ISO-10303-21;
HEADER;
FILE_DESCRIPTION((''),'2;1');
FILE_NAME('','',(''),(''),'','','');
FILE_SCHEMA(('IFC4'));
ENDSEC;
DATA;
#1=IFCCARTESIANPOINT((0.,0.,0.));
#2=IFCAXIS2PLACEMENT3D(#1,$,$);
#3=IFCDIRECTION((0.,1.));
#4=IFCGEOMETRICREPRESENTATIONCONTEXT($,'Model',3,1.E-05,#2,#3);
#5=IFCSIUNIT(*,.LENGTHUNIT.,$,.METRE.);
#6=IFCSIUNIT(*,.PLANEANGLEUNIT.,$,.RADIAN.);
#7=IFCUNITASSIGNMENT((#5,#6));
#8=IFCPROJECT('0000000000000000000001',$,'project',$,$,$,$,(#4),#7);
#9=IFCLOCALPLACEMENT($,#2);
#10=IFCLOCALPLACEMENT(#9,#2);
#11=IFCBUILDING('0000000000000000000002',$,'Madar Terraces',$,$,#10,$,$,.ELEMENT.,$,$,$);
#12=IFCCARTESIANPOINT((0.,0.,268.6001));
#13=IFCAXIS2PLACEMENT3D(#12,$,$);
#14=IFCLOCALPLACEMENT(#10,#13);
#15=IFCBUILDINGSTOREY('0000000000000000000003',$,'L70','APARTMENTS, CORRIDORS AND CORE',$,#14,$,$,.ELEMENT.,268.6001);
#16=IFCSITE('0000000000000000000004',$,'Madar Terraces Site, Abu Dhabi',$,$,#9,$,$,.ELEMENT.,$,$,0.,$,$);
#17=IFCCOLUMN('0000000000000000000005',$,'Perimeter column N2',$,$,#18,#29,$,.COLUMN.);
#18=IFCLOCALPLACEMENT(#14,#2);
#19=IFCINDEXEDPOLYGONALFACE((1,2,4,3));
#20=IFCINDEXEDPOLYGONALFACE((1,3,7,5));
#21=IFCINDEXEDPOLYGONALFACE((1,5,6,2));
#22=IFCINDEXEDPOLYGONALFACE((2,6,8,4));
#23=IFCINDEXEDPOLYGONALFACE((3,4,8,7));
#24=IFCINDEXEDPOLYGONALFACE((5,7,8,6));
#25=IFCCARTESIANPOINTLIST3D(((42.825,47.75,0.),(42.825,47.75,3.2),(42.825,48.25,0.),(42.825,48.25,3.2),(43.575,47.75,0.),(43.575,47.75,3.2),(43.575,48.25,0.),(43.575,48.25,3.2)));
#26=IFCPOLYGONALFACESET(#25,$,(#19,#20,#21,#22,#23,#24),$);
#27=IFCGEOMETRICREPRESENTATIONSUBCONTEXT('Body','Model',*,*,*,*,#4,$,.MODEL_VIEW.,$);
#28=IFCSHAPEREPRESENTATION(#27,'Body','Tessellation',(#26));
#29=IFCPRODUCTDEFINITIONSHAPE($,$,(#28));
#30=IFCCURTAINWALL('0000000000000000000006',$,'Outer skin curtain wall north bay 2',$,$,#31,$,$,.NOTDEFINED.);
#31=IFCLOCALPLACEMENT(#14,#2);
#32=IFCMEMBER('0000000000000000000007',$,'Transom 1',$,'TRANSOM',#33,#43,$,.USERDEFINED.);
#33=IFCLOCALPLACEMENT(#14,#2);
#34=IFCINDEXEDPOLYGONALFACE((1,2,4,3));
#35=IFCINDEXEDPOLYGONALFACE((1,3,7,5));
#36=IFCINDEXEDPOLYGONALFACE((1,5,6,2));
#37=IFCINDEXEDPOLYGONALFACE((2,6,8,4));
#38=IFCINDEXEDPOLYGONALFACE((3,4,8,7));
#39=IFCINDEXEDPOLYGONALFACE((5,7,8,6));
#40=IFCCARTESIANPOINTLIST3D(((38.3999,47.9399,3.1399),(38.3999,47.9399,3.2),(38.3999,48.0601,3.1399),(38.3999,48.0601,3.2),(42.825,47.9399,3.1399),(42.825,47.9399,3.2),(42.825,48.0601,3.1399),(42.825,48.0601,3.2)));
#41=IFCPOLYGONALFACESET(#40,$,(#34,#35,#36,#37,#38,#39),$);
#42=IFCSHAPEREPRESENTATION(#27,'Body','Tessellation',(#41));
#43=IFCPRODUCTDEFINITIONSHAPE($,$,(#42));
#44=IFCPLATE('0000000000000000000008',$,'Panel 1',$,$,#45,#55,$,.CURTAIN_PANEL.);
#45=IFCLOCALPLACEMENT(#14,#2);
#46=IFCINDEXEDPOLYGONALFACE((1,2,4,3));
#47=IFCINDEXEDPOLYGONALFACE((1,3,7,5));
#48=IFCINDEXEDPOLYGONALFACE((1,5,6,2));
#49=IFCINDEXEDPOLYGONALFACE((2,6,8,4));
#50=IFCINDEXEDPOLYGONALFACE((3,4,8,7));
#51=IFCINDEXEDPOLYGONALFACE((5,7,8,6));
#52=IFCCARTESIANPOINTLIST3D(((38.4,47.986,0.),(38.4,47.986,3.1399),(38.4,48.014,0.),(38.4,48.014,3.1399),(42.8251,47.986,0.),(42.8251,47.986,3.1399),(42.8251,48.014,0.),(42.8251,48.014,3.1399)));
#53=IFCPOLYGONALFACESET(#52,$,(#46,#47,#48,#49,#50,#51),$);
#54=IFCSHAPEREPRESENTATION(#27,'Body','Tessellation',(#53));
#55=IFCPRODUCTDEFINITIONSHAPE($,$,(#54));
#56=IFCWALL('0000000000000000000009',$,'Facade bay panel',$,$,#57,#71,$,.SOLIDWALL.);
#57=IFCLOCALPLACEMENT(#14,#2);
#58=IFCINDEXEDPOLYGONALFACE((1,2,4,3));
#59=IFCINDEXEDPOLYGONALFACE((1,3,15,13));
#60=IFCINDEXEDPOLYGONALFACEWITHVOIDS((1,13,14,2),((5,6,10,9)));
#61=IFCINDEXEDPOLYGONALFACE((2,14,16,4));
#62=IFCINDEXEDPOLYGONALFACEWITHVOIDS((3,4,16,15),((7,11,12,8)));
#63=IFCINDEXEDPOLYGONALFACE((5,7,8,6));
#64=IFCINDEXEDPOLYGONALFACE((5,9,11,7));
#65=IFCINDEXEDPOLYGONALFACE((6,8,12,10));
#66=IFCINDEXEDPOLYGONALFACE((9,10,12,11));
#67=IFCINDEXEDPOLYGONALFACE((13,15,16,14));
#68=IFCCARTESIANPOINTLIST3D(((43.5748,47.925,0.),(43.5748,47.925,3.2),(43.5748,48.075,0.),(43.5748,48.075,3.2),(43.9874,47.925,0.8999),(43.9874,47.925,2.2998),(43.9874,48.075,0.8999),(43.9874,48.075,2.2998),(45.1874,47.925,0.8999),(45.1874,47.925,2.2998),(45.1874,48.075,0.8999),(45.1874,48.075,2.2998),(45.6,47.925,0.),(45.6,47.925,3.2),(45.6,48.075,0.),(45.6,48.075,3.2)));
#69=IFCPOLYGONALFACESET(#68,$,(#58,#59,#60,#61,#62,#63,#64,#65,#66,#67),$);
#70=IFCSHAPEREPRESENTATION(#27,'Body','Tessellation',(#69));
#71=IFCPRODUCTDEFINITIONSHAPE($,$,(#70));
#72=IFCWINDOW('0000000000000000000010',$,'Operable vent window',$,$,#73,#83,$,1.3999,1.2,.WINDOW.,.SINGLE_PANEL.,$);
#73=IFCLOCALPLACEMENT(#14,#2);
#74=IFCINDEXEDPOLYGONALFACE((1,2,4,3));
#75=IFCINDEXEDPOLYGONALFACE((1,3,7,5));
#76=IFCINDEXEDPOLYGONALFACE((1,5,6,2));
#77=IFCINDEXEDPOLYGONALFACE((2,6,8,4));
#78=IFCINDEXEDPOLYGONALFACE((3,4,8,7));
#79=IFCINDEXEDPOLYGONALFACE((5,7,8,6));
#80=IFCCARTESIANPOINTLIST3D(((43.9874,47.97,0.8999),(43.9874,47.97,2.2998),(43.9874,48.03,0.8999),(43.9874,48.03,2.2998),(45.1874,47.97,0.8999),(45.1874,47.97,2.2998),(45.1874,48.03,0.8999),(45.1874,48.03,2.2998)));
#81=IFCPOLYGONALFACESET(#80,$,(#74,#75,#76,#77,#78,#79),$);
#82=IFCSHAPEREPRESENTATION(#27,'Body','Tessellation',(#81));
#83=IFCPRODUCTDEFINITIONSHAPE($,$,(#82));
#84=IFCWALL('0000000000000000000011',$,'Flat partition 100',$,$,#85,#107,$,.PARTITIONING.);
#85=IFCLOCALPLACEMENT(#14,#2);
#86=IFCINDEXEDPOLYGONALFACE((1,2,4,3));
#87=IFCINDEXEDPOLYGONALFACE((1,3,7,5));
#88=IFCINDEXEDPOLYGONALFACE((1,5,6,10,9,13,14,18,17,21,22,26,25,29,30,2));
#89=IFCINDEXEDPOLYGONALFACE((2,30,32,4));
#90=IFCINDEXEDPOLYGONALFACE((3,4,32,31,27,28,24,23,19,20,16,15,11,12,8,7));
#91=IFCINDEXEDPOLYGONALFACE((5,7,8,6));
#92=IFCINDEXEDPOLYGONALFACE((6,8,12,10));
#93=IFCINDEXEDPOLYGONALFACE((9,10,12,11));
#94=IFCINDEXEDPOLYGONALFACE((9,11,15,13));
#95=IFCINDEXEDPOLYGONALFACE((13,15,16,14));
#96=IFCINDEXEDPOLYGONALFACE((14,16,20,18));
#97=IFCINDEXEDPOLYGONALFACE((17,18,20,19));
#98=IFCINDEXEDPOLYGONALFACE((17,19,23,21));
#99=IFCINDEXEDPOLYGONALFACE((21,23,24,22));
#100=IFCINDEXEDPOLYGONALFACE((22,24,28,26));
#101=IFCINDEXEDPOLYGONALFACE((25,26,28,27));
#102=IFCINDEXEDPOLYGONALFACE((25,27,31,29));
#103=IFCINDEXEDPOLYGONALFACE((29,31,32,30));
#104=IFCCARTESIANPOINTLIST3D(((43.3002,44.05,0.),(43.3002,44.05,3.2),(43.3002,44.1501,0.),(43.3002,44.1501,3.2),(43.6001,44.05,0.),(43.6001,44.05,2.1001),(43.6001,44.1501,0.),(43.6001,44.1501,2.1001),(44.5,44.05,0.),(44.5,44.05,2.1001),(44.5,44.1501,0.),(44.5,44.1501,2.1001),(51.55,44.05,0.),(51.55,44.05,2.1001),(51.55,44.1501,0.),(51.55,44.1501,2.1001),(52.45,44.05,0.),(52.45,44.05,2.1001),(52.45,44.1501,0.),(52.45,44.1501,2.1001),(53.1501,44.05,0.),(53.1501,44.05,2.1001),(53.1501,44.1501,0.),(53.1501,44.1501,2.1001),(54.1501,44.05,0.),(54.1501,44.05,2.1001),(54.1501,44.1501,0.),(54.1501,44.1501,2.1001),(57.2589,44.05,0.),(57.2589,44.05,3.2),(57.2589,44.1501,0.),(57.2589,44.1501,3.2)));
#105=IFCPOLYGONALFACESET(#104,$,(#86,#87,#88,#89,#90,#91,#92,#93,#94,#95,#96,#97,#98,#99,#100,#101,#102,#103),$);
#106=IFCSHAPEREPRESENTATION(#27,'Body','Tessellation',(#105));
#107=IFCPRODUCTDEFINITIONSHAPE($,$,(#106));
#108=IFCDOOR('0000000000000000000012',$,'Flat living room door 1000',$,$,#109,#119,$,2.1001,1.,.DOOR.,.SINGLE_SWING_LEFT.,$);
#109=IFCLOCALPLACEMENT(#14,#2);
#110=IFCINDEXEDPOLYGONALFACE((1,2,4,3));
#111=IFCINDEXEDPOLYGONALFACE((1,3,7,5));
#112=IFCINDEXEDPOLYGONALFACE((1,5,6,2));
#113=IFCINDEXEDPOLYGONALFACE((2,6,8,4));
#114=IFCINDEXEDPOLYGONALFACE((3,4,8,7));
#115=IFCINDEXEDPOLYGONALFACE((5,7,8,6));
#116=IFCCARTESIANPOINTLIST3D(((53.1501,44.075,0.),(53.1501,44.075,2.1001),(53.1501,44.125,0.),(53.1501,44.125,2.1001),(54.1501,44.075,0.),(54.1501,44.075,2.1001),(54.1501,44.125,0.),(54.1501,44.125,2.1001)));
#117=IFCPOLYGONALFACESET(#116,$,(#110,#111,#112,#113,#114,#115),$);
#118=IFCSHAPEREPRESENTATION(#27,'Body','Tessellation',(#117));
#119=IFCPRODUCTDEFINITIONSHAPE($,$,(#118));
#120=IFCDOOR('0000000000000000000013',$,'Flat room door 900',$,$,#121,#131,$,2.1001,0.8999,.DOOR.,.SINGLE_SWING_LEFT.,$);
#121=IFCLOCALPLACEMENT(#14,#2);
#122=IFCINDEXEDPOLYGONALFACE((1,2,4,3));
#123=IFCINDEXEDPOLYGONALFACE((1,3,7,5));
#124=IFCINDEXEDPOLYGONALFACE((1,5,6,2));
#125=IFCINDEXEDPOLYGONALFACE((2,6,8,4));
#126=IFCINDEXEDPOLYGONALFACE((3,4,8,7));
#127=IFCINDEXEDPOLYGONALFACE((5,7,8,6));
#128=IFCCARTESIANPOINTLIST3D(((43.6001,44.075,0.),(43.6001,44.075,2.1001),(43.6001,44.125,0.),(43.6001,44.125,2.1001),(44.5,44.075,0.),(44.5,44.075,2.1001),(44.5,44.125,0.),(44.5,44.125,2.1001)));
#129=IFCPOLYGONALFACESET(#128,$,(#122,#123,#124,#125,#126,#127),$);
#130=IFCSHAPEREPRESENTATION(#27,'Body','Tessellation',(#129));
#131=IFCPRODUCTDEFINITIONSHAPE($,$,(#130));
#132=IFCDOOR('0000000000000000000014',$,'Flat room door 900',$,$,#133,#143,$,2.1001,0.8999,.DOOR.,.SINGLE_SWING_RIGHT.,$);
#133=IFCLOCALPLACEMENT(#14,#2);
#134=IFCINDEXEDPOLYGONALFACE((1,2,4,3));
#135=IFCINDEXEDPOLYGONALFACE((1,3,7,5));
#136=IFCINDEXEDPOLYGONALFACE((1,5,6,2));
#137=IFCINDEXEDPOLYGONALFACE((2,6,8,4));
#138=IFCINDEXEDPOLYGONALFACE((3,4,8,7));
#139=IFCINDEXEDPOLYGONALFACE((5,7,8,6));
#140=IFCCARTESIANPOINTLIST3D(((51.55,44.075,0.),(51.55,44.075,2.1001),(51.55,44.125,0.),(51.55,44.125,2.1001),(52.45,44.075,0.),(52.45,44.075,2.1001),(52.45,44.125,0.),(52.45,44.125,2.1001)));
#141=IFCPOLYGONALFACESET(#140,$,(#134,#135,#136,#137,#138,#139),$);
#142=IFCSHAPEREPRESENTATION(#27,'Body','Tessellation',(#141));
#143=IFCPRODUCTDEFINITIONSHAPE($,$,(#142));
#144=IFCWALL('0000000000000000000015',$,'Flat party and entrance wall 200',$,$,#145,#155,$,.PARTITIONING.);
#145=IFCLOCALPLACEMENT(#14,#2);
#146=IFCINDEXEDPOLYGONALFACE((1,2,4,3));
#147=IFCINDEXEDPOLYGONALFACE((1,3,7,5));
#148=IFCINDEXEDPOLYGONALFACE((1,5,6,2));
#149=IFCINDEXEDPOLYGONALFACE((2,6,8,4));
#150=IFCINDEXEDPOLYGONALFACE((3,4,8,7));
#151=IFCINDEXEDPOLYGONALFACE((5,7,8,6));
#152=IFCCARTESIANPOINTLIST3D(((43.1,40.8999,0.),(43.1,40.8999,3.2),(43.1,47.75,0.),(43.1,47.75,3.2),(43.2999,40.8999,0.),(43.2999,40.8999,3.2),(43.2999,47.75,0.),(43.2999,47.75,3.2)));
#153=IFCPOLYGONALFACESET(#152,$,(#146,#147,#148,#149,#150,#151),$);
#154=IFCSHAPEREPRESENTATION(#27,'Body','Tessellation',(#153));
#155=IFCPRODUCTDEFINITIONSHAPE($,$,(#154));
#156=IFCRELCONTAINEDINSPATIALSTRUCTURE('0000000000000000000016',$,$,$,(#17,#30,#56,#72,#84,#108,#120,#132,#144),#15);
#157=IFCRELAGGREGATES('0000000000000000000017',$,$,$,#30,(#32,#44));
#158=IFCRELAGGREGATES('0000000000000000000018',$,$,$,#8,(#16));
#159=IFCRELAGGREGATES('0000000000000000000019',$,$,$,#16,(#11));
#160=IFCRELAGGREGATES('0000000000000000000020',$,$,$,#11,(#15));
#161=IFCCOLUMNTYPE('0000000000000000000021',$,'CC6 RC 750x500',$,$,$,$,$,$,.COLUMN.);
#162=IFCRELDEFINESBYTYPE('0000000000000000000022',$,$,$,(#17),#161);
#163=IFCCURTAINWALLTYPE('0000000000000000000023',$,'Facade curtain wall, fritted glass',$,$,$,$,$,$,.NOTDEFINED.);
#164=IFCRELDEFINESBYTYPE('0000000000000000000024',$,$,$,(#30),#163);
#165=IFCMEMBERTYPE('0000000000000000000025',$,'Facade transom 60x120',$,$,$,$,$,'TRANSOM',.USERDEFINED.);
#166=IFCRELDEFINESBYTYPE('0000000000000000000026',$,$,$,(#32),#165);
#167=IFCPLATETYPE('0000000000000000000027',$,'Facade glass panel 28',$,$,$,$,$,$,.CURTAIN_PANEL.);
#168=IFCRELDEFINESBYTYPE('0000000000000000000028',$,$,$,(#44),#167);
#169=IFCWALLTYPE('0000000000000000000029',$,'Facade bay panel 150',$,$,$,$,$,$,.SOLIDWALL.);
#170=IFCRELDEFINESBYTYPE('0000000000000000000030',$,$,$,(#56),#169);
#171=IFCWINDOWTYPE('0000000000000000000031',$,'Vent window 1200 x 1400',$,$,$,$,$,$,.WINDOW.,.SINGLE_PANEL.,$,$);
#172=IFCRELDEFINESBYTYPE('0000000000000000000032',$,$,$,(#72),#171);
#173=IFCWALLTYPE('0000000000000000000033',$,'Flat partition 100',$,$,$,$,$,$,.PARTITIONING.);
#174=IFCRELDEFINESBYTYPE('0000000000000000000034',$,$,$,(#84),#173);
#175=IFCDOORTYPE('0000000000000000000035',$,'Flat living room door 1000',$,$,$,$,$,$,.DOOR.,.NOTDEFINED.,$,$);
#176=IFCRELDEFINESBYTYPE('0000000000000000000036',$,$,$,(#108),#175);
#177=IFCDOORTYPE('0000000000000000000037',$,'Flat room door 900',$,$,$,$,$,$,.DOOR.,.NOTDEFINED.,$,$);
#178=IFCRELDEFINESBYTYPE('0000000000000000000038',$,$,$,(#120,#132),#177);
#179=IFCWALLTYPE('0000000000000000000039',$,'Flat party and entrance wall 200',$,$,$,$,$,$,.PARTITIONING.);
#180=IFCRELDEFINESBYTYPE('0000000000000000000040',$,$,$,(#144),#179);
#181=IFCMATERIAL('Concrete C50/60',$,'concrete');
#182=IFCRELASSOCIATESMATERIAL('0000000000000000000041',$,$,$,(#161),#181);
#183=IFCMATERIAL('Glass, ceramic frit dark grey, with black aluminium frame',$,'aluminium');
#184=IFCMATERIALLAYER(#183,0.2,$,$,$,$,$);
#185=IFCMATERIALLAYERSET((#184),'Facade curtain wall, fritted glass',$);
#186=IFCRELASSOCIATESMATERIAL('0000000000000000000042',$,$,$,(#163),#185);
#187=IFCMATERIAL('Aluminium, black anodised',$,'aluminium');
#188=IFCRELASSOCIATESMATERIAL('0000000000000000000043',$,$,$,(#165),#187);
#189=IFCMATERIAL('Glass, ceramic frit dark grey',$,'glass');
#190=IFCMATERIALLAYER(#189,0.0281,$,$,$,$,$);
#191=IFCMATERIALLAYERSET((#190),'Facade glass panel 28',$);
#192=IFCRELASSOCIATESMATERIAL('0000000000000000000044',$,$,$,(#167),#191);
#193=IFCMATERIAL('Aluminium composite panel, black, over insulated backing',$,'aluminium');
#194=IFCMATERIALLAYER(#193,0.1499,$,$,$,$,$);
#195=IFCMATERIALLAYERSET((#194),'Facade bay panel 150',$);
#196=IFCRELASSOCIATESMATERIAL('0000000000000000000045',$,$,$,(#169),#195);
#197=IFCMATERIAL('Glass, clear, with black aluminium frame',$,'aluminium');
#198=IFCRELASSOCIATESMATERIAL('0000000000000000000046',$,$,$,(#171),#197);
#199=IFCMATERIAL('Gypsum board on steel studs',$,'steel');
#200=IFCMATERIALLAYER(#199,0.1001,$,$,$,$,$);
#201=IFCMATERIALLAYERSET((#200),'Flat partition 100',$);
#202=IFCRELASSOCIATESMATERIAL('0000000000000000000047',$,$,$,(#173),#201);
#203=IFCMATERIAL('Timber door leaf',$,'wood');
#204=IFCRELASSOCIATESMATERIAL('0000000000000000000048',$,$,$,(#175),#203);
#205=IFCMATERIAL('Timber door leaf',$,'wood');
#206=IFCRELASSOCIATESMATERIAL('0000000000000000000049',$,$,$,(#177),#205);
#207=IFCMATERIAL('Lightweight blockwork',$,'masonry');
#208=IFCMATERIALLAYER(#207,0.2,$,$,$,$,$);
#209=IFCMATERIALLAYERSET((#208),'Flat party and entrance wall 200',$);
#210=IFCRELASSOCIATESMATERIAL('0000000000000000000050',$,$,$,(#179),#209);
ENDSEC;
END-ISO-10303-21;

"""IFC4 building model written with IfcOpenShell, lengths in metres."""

from ifc_helpers import new_model, si_unit, direction, frame, frame_2d, origin, origin_2d, place, context, subcontext, project, spatial, rectangle, extrude, material, layer, layer_set, material_profile, profile_set, type_object, element, fill, aggregate, save


model = new_model("IFC4")

# Units and contexts
model_context = context("Model", 3, precision=1e-05, world=origin(), true_north=direction((0.0, 1.0)))
body_context = subcontext(model_context, "Body", "Model", "MODEL_VIEW")
ifc_project = project(units=[si_unit("LENGTHUNIT", "METRE"), si_unit("PLANEANGLEUNIT", "RADIAN")], contexts=[model_context])

# Site, building, storey
site_placement = place(None, origin())
site = spatial("IfcSite", under=ifc_project, at=site_placement, Name="Madar Terraces Site, Abu Dhabi", CompositionType="ELEMENT", RefElevation=0.0)
building_placement = place(site_placement, origin())
building = spatial("IfcBuilding", under=site, at=building_placement, Name="Madar Terraces", CompositionType="ELEMENT")
storey_placement = place(building_placement, frame((0.0, 0.0, 268.6001)))
storey = spatial("IfcBuildingStorey", under=building, at=storey_placement, Name="L70", Description="APARTMENTS, CORRIDORS AND CORE", CompositionType="ELEMENT", Elevation=268.6001)

# Column
ifc_material_1 = material(Name="Concrete C50/60", Category="concrete")
ifc_material_profile_1 = material_profile(ifc_material_1, rectangle(XDim=0.75, YDim=0.5, at=origin_2d()), Name="CC6 RC 750x500")
ifc_profile_set_1 = profile_set([ifc_material_profile_1], Name="Concrete C50/60")
column_type = type_object("IfcColumnType", Name="CC6 RC 750x500", PredefinedType="COLUMN", material=ifc_profile_set_1)
column_placement = place(storey_placement, frame((43.2, 48.0, 0.0), z_axis=(0.0, 0.0, 1.0), x_axis=(1.0, 0.0, 0.0)))
element("IfcColumn", 1, at=column_placement, inside=storey, type_object=column_type, Name="Perimeter column N2", PredefinedType="COLUMN", context=body_context, shape_type="SweptSolid", body=[
    extrude(rectangle(XDim=0.75, YDim=0.5, at=origin_2d()), origin(), (0.0, 0.0, 1.0), 3.2),
])

# Curtain wall, member, plate
ifc_material_2 = material(Name="Glass, ceramic frit dark grey, with black aluminium frame", Category="aluminium")
ifc_layer_1 = layer(ifc_material_2, 0.2)
ifc_layer_set_1 = layer_set([ifc_layer_1], Name="Facade curtain wall, fritted glass")
curtain_wall_type = type_object("IfcCurtainWallType", Name="Facade curtain wall, fritted glass", PredefinedType="NOTDEFINED", material=ifc_layer_set_1)
curtain_wall_placement = place(storey_placement, origin())
curtain_wall = element("IfcCurtainWall", 2, at=curtain_wall_placement, inside=storey, type_object=curtain_wall_type, Name="Outer skin curtain wall north bay 2", PredefinedType="NOTDEFINED")
ifc_material_3 = material(Name="Aluminium, black anodised", Category="aluminium")
ifc_material_profile_2 = material_profile(ifc_material_3, rectangle(XDim=0.1201, YDim=0.0601, at=origin_2d()), Name="Facade transom 60x120")
ifc_profile_set_2 = profile_set([ifc_material_profile_2], Name="Aluminium, black anodised")
member_type = type_object("IfcMemberType", Name="Facade transom 60x120", ElementType="TRANSOM", PredefinedType="USERDEFINED", material=ifc_profile_set_2)
member_placement = place(storey_placement, frame((42.825, 48.0, 3.1699), z_axis=(-1.0, 0.0, 0.0), x_axis=(0.0, -1.0, 0.0)))
member = element("IfcMember", 3, at=member_placement, type_object=member_type, Name="Transom 1", ObjectType="TRANSOM", PredefinedType="USERDEFINED", context=body_context, shape_type="SweptSolid", body=[
    extrude(rectangle(XDim=0.1201, YDim=0.0601, at=origin_2d()), origin(), (0.0, 0.0, 1.0), 4.425),
])
ifc_material_4 = material(Name="Glass, ceramic frit dark grey", Category="glass")
ifc_layer_2 = layer(ifc_material_4, 0.0281)
ifc_layer_set_2 = layer_set([ifc_layer_2], Name="Facade glass panel 28")
plate_type = type_object("IfcPlateType", Name="Facade glass panel 28", PredefinedType="CURTAIN_PANEL", material=ifc_layer_set_2)
plate_placement = place(storey_placement, frame((40.6125, 48.0, 0.0), z_axis=(0.0, 0.0, 1.0), x_axis=(-1.0, 0.0, 0.0)))
plate = element("IfcPlate", 4, at=plate_placement, type_object=plate_type, Name="Panel 1", PredefinedType="CURTAIN_PANEL", context=body_context, shape_type="SweptSolid", body=[
    extrude(rectangle(XDim=4.425, YDim=0.0281, at=origin_2d()), origin(), (0.0, 0.0, 1.0), 3.1399),
])
aggregate(curtain_wall, [member, plate])

# Wall, opening, window
ifc_material_5 = material(Name="Aluminium composite panel, black, over insulated backing", Category="aluminium")
ifc_layer_3 = layer(ifc_material_5, 0.1499)
ifc_layer_set_3 = layer_set([ifc_layer_3], Name="Facade bay panel 150")
wall_type_1 = type_object("IfcWallType", Name="Facade bay panel 150", PredefinedType="SOLIDWALL", material=ifc_layer_set_3)
wall_1_placement = place(storey_placement, frame((45.6001, 48.0, 0.0), z_axis=(0.0, 0.0, 1.0), x_axis=(-1.0, 0.0, 0.0)))
wall_1 = element("IfcWall", 5, at=wall_1_placement, inside=storey, type_object=wall_type_1, Name="Facade bay panel", PredefinedType="SOLIDWALL", context=body_context, shape_type="SweptSolid", body=[
    extrude(rectangle(XDim=2.0251, YDim=0.1499, at=frame_2d((1.0127, 0.0))), origin(), (0.0, 0.0, 1.0), 3.2),
])
opening_1_placement = place(wall_1_placement, frame((0.4126, 0.0, 0.8999)))
opening_1 = element("IfcOpeningElement", 6, at=opening_1_placement, cuts=wall_1, PredefinedType="OPENING", context=body_context, shape_type="SweptSolid", body=[
    extrude(rectangle(XDim=1.2, YDim=1.3999, at=frame_2d((0.6001, 0.7))), frame((0.0, 0.085, 0.0), z_axis=(0.0, -1.0, 0.0), x_axis=(1.0, 0.0, 0.0)), (0.0, 0.0, 1.0), 0.1699),
])
ifc_material_6 = material(Name="Glass, clear, with black aluminium frame", Category="aluminium")
window_type = type_object("IfcWindowType", Name="Vent window 1200 x 1400", PartitioningType="SINGLE_PANEL", PredefinedType="WINDOW", material=ifc_material_6)
window_placement = place(opening_1_placement, origin())
window = element("IfcWindow", 7, at=window_placement, inside=storey, type_object=window_type, Name="Operable vent window", OverallHeight=1.3999, OverallWidth=1.2, PartitioningType="SINGLE_PANEL", PredefinedType="WINDOW", context=body_context, shape_type="SweptSolid", body=[
    extrude(rectangle(XDim=1.2, YDim=1.3999, at=frame_2d((0.6001, 0.7))), frame((0.0, 0.03, 0.0), z_axis=(0.0, -1.0, 0.0), x_axis=(1.0, 0.0, 0.0)), (0.0, 0.0, 1.0), 0.0601),
])
fill(opening_1, window)

# Wall, openings, doors
ifc_material_7 = material(Name="Gypsum board on steel studs", Category="steel")
ifc_layer_4 = layer(ifc_material_7, 0.1001)
ifc_layer_set_4 = layer_set([ifc_layer_4], Name="Flat partition 100")
wall_type_2 = type_object("IfcWallType", Name="Flat partition 100", PredefinedType="PARTITIONING", material=ifc_layer_set_4)
wall_2_placement = place(storey_placement, frame((43.3, 44.1001, 0.0), z_axis=(0.0, 0.0, 1.0), x_axis=(1.0, 0.0, 0.0)))
wall_2 = element("IfcWall", 8, at=wall_2_placement, inside=storey, type_object=wall_type_2, Name="Flat partition 100", PredefinedType="PARTITIONING", context=body_context, shape_type="SweptSolid", body=[
    extrude(rectangle(XDim=13.9587, YDim=0.1001, at=frame_2d((6.9795, 0.0))), origin(), (0.0, 0.0, 1.0), 3.2),
])
opening_2_placement = place(wall_2_placement, frame((0.3, 0.0, 0.0)))
opening_2 = element("IfcOpeningElement", 9, at=opening_2_placement, cuts=wall_2, PredefinedType="OPENING", context=body_context, shape_type="SweptSolid", body=[
    extrude(rectangle(XDim=0.8999, YDim=2.1001, at=frame_2d((0.45, 1.05))), frame((0.0, 0.0601, 0.0), z_axis=(0.0, -1.0, 0.0), x_axis=(1.0, 0.0, 0.0)), (0.0, 0.0, 1.0), 0.1201),
])
opening_3_placement = place(wall_2_placement, frame((8.25, 0.0, 0.0)))
opening_3 = element("IfcOpeningElement", 10, at=opening_3_placement, cuts=wall_2, PredefinedType="OPENING", context=body_context, shape_type="SweptSolid", body=[
    extrude(rectangle(XDim=0.8999, YDim=2.1001, at=frame_2d((0.45, 1.05))), frame((0.0, 0.0601, 0.0), z_axis=(0.0, -1.0, 0.0), x_axis=(1.0, 0.0, 0.0)), (0.0, 0.0, 1.0), 0.1201),
])
opening_4_placement = place(wall_2_placement, frame((9.8501, 0.0, 0.0)))
opening_4 = element("IfcOpeningElement", 11, at=opening_4_placement, cuts=wall_2, PredefinedType="OPENING", context=body_context, shape_type="SweptSolid", body=[
    extrude(rectangle(XDim=1.0, YDim=2.1001, at=frame_2d((0.5, 1.05))), frame((0.0, 0.0601, 0.0), z_axis=(0.0, -1.0, 0.0), x_axis=(1.0, 0.0, 0.0)), (0.0, 0.0, 1.0), 0.1201),
])
ifc_material_8 = material(Name="Timber door leaf", Category="wood")
door_type_1 = type_object("IfcDoorType", Name="Flat living room door 1000", OperationType="NOTDEFINED", PredefinedType="DOOR", material=ifc_material_8)
door_1_placement = place(opening_4_placement, origin())
door_1 = element("IfcDoor", 12, at=door_1_placement, inside=storey, type_object=door_type_1, Name="Flat living room door 1000", OperationType="SINGLE_SWING_LEFT", OverallHeight=2.1001, OverallWidth=1.0, PredefinedType="DOOR", context=body_context, shape_type="SweptSolid", body=[
    extrude(rectangle(XDim=1.0, YDim=2.1001, at=frame_2d((0.5, 1.05))), frame((0.0, 0.0249, 0.0), z_axis=(0.0, -1.0, 0.0), x_axis=(1.0, 0.0, 0.0)), (0.0, 0.0, 1.0), 0.05),
])
fill(opening_4, door_1)
ifc_material_9 = material(Name="Timber door leaf", Category="wood")
door_type_2 = type_object("IfcDoorType", Name="Flat room door 900", OperationType="NOTDEFINED", PredefinedType="DOOR", material=ifc_material_9)
door_2_placement = place(opening_2_placement, origin())
door_2 = element("IfcDoor", 13, at=door_2_placement, inside=storey, type_object=door_type_2, Name="Flat room door 900", OperationType="SINGLE_SWING_LEFT", OverallHeight=2.1001, OverallWidth=0.8999, PredefinedType="DOOR", context=body_context, shape_type="SweptSolid", body=[
    extrude(rectangle(XDim=0.8999, YDim=2.1001, at=frame_2d((0.45, 1.05))), frame((0.0, 0.0249, 0.0), z_axis=(0.0, -1.0, 0.0), x_axis=(1.0, 0.0, 0.0)), (0.0, 0.0, 1.0), 0.05),
])
fill(opening_2, door_2)
door_3_placement = place(opening_3_placement, origin())
door_3 = element("IfcDoor", 14, at=door_3_placement, inside=storey, type_object=door_type_2, Name="Flat room door 900", OperationType="SINGLE_SWING_RIGHT", OverallHeight=2.1001, OverallWidth=0.8999, PredefinedType="DOOR", context=body_context, shape_type="SweptSolid", body=[
    extrude(rectangle(XDim=0.8999, YDim=2.1001, at=frame_2d((0.45, 1.05))), frame((0.0, 0.0249, 0.0), z_axis=(0.0, -1.0, 0.0), x_axis=(1.0, 0.0, 0.0)), (0.0, 0.0, 1.0), 0.05),
])
fill(opening_3, door_3)

# Wall
ifc_material_10 = material(Name="Lightweight blockwork", Category="masonry")
ifc_layer_5 = layer(ifc_material_10, 0.2)
ifc_layer_set_5 = layer_set([ifc_layer_5], Name="Flat party and entrance wall 200")
wall_type_3 = type_object("IfcWallType", Name="Flat party and entrance wall 200", PredefinedType="PARTITIONING", material=ifc_layer_set_5)
wall_3_placement = place(storey_placement, frame((43.2, 47.75, 0.0), z_axis=(0.0, 0.0, 1.0), x_axis=(0.0, -1.0, 0.0)))
element("IfcWall", 15, at=wall_3_placement, inside=storey, type_object=wall_type_3, Name="Flat party and entrance wall 200", PredefinedType="PARTITIONING", context=body_context, shape_type="SweptSolid", body=[
    extrude(rectangle(XDim=6.8501, YDim=0.2, at=frame_2d((3.425, 0.0))), origin(), (0.0, 0.0, 1.0), 3.2),
])

save(model, "model.ifc")
